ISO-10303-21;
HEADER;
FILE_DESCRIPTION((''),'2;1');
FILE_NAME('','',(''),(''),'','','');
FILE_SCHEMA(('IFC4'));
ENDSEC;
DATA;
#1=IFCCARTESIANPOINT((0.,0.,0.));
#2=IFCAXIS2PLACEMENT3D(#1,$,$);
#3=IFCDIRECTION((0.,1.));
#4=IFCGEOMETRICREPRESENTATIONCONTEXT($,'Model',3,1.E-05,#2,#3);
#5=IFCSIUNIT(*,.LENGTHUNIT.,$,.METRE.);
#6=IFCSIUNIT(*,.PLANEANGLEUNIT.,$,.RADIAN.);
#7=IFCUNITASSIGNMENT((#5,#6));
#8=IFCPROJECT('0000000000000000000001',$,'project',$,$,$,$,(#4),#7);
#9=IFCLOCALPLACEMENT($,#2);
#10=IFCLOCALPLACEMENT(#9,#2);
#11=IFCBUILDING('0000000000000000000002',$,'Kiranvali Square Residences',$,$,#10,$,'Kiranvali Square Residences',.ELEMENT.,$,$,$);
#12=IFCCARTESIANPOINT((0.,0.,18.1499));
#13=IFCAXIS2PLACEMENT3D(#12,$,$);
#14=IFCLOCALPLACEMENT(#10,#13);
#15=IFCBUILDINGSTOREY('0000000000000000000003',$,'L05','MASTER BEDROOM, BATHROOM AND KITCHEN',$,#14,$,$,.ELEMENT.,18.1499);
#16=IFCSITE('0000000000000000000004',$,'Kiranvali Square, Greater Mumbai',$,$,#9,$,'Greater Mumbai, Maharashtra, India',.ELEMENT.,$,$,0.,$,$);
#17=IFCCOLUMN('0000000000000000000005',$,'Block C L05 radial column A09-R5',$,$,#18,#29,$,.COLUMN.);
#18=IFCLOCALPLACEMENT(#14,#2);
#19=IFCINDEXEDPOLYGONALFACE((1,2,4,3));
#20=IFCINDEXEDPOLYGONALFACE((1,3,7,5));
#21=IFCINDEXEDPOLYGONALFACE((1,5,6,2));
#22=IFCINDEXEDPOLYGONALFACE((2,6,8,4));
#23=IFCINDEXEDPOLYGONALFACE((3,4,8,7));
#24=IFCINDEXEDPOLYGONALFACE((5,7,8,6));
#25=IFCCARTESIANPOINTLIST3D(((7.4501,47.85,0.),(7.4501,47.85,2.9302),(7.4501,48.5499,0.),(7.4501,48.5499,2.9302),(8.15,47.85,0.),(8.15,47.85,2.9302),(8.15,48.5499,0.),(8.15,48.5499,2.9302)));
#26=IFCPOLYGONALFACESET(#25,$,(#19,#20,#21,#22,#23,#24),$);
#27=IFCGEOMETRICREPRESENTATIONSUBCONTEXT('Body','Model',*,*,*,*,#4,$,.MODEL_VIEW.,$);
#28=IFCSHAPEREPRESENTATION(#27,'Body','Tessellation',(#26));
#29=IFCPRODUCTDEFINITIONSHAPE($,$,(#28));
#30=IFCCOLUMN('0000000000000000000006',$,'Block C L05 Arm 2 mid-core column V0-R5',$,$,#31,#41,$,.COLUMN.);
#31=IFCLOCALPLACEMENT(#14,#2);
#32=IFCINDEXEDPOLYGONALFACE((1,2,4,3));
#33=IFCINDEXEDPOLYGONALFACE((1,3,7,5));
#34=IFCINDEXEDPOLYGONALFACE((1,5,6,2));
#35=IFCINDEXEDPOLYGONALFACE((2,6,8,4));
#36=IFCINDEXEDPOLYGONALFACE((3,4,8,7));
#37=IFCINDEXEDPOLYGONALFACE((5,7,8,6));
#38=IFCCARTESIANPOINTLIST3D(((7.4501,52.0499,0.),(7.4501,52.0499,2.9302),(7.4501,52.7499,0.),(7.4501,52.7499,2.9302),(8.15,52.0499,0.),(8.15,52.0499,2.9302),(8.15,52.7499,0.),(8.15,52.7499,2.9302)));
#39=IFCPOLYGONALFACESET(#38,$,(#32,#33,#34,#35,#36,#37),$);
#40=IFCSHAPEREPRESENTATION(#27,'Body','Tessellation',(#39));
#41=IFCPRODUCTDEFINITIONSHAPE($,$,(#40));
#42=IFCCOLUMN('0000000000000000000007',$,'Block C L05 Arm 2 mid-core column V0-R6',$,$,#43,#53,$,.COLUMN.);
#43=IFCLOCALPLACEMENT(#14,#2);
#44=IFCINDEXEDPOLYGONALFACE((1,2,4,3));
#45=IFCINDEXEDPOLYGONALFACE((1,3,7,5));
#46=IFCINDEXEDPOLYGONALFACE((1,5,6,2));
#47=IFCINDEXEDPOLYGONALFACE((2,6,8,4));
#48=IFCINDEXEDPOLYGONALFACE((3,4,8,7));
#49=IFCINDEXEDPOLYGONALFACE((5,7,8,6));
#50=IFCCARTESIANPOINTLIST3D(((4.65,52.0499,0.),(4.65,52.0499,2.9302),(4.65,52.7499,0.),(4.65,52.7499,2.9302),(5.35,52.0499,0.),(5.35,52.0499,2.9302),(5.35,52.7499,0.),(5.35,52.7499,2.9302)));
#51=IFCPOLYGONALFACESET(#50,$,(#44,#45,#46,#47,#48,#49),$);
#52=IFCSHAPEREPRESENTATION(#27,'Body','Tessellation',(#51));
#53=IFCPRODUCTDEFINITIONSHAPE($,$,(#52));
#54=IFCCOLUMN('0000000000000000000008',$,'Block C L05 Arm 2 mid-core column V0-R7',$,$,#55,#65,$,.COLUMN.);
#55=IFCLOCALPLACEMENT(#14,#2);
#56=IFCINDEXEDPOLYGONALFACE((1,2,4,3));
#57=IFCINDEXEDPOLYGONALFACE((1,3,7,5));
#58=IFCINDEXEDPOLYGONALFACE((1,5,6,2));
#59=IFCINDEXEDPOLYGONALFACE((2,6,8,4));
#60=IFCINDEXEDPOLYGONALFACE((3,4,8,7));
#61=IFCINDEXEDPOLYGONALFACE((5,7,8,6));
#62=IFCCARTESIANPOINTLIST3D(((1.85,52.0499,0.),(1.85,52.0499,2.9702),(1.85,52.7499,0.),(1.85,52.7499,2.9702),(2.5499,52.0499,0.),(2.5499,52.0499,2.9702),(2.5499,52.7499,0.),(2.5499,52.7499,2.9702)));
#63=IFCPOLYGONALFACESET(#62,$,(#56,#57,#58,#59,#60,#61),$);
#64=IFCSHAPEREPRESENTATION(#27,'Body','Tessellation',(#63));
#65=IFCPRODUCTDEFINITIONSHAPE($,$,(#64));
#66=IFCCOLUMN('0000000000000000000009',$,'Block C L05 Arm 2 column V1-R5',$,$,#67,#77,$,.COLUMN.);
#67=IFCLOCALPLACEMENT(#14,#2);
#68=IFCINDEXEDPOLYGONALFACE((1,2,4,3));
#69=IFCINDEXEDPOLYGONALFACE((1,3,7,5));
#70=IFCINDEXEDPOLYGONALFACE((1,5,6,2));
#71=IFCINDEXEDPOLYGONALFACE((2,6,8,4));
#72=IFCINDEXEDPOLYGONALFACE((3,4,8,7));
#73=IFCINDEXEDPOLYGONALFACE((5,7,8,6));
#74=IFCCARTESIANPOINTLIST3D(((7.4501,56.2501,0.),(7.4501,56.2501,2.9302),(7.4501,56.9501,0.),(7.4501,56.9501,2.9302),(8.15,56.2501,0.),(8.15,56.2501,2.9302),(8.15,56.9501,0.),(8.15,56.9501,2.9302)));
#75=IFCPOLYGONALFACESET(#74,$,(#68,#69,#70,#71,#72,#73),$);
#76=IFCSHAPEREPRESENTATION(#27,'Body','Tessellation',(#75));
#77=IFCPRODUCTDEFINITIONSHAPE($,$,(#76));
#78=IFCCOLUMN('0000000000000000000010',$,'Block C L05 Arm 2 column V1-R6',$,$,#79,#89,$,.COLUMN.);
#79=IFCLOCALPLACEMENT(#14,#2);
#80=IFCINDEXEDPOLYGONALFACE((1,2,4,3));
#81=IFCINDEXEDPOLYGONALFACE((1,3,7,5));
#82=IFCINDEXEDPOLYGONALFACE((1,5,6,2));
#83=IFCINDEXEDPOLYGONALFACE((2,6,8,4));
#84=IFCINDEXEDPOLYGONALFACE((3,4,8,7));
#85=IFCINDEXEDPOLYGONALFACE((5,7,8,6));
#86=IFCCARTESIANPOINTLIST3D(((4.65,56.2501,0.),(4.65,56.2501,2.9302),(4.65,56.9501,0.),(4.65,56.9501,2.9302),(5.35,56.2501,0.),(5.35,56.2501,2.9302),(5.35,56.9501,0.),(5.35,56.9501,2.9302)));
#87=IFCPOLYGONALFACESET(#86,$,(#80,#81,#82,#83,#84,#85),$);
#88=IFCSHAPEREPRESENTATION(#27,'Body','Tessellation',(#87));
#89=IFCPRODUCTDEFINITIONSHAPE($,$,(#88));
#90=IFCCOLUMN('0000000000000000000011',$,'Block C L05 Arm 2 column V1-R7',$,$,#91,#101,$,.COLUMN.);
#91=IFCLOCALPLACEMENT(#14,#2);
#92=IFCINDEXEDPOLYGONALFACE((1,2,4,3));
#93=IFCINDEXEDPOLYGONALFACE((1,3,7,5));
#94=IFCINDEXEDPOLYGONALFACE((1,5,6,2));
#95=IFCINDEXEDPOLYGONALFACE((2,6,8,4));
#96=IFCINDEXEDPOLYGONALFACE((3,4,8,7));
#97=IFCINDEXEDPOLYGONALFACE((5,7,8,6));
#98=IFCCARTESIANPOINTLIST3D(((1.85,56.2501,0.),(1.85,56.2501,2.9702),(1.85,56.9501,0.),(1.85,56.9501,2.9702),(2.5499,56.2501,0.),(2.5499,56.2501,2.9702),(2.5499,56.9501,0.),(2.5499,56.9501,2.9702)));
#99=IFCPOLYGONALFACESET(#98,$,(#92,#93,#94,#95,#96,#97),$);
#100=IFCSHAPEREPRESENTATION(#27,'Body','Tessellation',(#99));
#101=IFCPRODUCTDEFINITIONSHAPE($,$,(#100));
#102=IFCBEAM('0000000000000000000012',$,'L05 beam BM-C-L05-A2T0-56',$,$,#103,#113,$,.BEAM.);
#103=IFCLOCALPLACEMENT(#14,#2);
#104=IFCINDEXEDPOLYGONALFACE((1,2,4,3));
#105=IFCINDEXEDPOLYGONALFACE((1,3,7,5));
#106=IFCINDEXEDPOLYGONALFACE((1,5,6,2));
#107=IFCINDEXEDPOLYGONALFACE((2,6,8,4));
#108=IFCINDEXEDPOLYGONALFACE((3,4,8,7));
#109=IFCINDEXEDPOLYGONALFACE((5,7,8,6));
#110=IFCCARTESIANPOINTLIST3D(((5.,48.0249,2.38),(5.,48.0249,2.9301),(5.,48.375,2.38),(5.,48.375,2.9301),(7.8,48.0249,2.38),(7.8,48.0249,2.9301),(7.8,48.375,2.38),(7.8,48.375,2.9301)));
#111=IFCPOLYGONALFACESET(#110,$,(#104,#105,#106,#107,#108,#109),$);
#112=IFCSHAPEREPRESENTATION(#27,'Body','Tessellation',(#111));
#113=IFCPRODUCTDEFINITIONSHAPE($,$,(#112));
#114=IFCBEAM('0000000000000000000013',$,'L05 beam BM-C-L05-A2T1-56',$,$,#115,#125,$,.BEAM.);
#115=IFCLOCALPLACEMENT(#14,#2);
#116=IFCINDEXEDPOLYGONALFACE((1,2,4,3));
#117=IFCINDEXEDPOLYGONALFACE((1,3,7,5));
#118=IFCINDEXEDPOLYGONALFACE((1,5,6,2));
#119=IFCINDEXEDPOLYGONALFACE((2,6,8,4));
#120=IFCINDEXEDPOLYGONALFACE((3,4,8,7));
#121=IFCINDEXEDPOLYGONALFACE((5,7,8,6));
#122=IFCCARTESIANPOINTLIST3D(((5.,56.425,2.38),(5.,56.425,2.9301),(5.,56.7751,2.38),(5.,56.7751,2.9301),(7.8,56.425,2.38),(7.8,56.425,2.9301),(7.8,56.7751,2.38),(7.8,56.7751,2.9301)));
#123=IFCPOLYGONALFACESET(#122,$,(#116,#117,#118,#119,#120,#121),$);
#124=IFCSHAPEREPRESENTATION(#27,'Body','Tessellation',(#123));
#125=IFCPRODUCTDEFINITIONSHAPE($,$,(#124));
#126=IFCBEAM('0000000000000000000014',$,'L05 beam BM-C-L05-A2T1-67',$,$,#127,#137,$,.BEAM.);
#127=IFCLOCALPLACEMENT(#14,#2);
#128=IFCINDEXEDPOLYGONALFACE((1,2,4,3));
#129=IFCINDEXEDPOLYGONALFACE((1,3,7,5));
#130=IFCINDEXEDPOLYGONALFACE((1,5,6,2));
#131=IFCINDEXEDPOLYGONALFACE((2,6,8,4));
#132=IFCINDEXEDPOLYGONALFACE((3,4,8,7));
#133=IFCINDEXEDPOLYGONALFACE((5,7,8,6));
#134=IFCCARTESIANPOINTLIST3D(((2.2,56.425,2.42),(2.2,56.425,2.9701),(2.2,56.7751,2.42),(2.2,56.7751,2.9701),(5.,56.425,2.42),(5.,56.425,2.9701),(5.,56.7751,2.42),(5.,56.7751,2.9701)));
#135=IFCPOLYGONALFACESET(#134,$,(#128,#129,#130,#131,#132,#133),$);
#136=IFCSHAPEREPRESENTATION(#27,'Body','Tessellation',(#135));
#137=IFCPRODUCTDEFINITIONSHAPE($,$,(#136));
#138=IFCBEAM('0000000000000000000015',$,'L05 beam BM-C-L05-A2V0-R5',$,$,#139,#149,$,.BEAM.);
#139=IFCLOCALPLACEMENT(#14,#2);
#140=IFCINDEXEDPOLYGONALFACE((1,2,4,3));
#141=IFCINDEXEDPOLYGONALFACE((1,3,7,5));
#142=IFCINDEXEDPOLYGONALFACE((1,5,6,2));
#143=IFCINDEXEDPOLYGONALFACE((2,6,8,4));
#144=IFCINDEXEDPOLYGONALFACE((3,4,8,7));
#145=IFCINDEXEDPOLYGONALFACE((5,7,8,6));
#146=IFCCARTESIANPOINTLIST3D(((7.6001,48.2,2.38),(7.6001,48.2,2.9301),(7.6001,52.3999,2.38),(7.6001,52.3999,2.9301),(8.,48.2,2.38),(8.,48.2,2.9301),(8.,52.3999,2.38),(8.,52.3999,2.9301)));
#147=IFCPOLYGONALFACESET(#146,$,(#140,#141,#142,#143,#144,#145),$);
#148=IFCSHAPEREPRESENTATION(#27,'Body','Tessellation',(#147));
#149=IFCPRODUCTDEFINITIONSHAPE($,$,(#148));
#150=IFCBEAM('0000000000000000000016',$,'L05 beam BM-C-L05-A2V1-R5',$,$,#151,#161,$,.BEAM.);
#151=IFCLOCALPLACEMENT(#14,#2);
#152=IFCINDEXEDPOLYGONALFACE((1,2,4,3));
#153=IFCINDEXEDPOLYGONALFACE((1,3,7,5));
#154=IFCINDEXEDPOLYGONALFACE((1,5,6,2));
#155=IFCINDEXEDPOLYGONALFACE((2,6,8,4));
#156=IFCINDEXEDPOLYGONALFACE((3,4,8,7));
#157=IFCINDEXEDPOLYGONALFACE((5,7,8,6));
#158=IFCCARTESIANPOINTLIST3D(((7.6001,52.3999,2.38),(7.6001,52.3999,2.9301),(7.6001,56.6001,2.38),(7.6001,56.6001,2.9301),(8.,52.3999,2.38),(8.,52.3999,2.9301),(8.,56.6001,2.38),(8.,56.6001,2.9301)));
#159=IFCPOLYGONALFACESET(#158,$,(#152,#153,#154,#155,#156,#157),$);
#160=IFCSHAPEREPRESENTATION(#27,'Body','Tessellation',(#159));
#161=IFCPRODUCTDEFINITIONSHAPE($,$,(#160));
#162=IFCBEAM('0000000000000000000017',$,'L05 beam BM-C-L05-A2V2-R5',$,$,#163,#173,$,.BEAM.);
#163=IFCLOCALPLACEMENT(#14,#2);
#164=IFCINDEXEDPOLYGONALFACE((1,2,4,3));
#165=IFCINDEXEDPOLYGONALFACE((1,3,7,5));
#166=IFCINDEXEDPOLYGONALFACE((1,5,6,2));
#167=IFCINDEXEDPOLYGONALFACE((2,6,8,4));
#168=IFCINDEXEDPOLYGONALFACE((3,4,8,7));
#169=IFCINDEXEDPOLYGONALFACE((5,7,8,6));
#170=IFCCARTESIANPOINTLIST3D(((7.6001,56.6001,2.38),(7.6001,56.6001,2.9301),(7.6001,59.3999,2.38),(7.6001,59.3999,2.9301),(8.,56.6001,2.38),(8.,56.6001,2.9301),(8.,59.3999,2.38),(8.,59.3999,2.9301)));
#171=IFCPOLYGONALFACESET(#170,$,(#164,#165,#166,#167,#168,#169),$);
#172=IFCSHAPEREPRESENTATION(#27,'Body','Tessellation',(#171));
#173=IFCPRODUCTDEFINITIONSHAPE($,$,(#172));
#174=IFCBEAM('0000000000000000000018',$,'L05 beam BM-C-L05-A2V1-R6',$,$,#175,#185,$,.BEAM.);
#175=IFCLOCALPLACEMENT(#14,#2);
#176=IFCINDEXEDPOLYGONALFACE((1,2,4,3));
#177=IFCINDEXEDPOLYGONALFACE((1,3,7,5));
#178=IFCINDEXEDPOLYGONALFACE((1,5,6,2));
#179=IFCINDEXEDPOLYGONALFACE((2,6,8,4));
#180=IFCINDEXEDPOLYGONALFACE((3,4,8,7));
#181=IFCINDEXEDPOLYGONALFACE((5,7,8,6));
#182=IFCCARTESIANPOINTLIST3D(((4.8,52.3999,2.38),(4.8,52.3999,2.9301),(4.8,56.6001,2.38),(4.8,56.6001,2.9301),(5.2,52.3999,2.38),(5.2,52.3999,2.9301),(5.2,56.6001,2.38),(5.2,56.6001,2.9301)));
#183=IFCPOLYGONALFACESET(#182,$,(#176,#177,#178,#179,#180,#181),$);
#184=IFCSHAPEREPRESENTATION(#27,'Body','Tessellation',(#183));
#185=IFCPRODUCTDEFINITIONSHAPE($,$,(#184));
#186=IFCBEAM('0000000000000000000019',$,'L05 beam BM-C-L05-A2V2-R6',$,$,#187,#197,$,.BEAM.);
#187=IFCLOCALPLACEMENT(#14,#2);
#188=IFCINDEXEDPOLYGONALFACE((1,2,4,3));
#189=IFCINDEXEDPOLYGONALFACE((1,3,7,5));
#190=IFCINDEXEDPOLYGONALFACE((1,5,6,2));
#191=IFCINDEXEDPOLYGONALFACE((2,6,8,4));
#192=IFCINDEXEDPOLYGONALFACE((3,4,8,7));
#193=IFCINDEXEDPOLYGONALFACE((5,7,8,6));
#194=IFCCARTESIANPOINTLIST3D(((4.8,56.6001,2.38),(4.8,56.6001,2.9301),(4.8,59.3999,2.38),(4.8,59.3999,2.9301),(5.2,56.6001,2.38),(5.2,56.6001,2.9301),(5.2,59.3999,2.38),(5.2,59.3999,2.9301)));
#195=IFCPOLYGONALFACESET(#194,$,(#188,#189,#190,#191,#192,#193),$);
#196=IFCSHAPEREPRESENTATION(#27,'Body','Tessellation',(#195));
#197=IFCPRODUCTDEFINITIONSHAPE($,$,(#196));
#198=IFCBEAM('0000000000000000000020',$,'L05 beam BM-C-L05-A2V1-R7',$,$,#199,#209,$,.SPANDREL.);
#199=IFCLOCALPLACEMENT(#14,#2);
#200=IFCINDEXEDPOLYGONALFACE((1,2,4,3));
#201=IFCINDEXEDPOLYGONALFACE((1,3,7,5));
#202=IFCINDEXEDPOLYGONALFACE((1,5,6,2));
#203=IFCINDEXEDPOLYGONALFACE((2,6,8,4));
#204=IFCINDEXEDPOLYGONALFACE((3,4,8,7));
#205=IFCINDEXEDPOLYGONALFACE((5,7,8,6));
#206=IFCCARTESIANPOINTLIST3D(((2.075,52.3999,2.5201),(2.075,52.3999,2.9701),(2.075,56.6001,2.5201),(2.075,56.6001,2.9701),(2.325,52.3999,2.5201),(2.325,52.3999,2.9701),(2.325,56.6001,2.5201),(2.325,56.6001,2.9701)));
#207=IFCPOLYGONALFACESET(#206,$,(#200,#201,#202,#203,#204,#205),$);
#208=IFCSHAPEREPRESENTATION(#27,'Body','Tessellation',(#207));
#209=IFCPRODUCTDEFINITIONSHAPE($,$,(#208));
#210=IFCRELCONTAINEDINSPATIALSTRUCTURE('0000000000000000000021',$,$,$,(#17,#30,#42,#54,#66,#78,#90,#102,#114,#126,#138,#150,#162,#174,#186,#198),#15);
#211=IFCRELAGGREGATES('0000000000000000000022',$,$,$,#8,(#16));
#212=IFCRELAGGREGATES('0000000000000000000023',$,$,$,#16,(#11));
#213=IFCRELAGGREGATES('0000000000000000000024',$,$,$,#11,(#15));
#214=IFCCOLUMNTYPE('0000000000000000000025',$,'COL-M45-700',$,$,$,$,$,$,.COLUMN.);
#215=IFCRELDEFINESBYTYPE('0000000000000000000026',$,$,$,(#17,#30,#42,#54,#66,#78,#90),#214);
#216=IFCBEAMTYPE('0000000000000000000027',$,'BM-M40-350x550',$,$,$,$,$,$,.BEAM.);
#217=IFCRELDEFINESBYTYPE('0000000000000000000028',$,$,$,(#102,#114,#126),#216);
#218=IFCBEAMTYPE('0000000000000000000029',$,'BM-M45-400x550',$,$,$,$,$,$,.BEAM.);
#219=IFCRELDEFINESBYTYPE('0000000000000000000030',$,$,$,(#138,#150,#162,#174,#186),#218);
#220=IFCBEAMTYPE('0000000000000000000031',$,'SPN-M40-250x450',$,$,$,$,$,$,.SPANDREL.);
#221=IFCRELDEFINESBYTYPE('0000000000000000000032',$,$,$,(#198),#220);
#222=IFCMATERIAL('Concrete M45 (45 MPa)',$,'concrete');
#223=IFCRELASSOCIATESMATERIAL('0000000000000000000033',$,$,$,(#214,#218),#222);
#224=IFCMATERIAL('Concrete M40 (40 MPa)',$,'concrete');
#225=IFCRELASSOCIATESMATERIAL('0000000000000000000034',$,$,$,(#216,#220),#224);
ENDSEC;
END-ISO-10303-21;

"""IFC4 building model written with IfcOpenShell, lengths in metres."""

from ifc_helpers import new_model, si_unit, direction, frame, origin, origin_2d, place, context, subcontext, project, spatial, rectangle, extrude, material, material_profile, profile_set, type_object, element, save


model = new_model("IFC4")

# Units and contexts
model_context = context("Model", 3, precision=1e-05, world=origin(), true_north=direction((0.0, 1.0)))
body_context = subcontext(model_context, "Body", "Model", "MODEL_VIEW")
ifc_project = project(units=[si_unit("LENGTHUNIT", "METRE"), si_unit("PLANEANGLEUNIT", "RADIAN")], contexts=[model_context])

# Site, building, storey
site_placement = place(None, origin())
site = spatial("IfcSite", under=ifc_project, at=site_placement, Name="Kiranvali Square, Greater Mumbai", LongName="Greater Mumbai, Maharashtra, India", CompositionType="ELEMENT", RefElevation=0.0)
building_placement = place(site_placement, origin())
building = spatial("IfcBuilding", under=site, at=building_placement, Name="Kiranvali Square Residences", LongName="Kiranvali Square Residences", CompositionType="ELEMENT")
storey_placement = place(building_placement, frame((0.0, 0.0, 18.1499)))
storey = spatial("IfcBuildingStorey", under=building, at=storey_placement, Name="L05", Description="MASTER BEDROOM, BATHROOM AND KITCHEN", CompositionType="ELEMENT", Elevation=18.1499)

# Columns
ifc_material_1 = material(Name="Concrete M45 (45 MPa)", Category="concrete")
ifc_material_profile_1 = material_profile(ifc_material_1, rectangle(XDim=0.7, YDim=0.7, at=origin_2d()), Name="RC 700x700")
ifc_profile_set_1 = profile_set([ifc_material_profile_1], Name="Concrete M45 (45 MPa)")
column_type = type_object("IfcColumnType", Name="COL-M45-700", PredefinedType="COLUMN", material=ifc_profile_set_1)
for number, where, z_axis, x_axis, name in (
    (1, (7.8, 48.2, 0.0), (0.0, 0.0, 1.0), (0.0, 1.0, 0.0), "Block C L05 radial column A09-R5"),
    (2, (7.8, 52.3999, 0.0), (0.0, 0.0, 1.0), (1.0, 0.0, 0.0), "Block C L05 Arm 2 mid-core column V0-R5"),
    (3, (5.0, 52.3999, 0.0), (0.0, 0.0, 1.0), (1.0, 0.0, 0.0), "Block C L05 Arm 2 mid-core column V0-R6"),
):
    element("IfcColumn", number, at=place(storey_placement, frame(where, z_axis=z_axis, x_axis=x_axis)), inside=storey, type_object=column_type, Name=name, PredefinedType="COLUMN", context=body_context, shape_type="SweptSolid", body=[
        extrude(rectangle(XDim=0.7, YDim=0.7, at=origin_2d()), origin(), (0.0, 0.0, 1.0), 2.9302),
    ])
column_1_placement = place(storey_placement, frame((2.2, 52.3999, 0.0), z_axis=(0.0, 0.0, 1.0), x_axis=(1.0, 0.0, 0.0)))
element("IfcColumn", 4, at=column_1_placement, inside=storey, type_object=column_type, Name="Block C L05 Arm 2 mid-core column V0-R7", PredefinedType="COLUMN", context=body_context, shape_type="SweptSolid", body=[
    extrude(rectangle(XDim=0.7, YDim=0.7, at=origin_2d()), origin(), (0.0, 0.0, 1.0), 2.9702),
])
for number, where, z_axis, x_axis, name in (
    (5, (7.8, 56.6001, 0.0), (0.0, 0.0, 1.0), (1.0, 0.0, 0.0), "Block C L05 Arm 2 column V1-R5"),
    (6, (5.0, 56.6001, 0.0), (0.0, 0.0, 1.0), (1.0, 0.0, 0.0), "Block C L05 Arm 2 column V1-R6"),
):
    element("IfcColumn", number, at=place(storey_placement, frame(where, z_axis=z_axis, x_axis=x_axis)), inside=storey, type_object=column_type, Name=name, PredefinedType="COLUMN", context=body_context, shape_type="SweptSolid", body=[
        extrude(rectangle(XDim=0.7, YDim=0.7, at=origin_2d()), origin(), (0.0, 0.0, 1.0), 2.9302),
    ])
column_2_placement = place(storey_placement, frame((2.2, 56.6001, 0.0), z_axis=(0.0, 0.0, 1.0), x_axis=(1.0, 0.0, 0.0)))
element("IfcColumn", 7, at=column_2_placement, inside=storey, type_object=column_type, Name="Block C L05 Arm 2 column V1-R7", PredefinedType="COLUMN", context=body_context, shape_type="SweptSolid", body=[
    extrude(rectangle(XDim=0.7, YDim=0.7, at=origin_2d()), origin(), (0.0, 0.0, 1.0), 2.9702),
])

# Beams
ifc_material_2 = material(Name="Concrete M40 (40 MPa)", Category="concrete")
ifc_material_profile_2 = material_profile(ifc_material_2, rectangle(XDim=0.3501, YDim=0.55, at=origin_2d()), Name="RC 350x550")
ifc_profile_set_2 = profile_set([ifc_material_profile_2], Name="Concrete M40 (40 MPa)")
beam_type_1 = type_object("IfcBeamType", Name="BM-M40-350x550", PredefinedType="BEAM", material=ifc_profile_set_2)
for number, where, z_axis, x_axis, name in (
    (8, (7.8, 48.2, 2.655), (-1.0, 0.0, 0.0), (0.0, -1.0, 0.0), "L05 beam BM-C-L05-A2T0-56"),
    (9, (7.8, 56.6001, 2.655), (-1.0, 0.0, 0.0), (0.0, -1.0, 0.0), "L05 beam BM-C-L05-A2T1-56"),
    (10, (5.0, 56.6001, 2.6951), (-1.0, 0.0, 0.0), (0.0, -1.0, 0.0), "L05 beam BM-C-L05-A2T1-67"),
):
    element("IfcBeam", number, at=place(storey_placement, frame(where, z_axis=z_axis, x_axis=x_axis)), inside=storey, type_object=beam_type_1, Name=name, PredefinedType="BEAM", context=body_context, shape_type="SweptSolid", body=[
        extrude(rectangle(XDim=0.3501, YDim=0.55, at=origin_2d()), origin(), (0.0, 0.0, 1.0), 2.8),
    ])
ifc_material_profile_3 = material_profile(ifc_material_1, rectangle(XDim=0.3999, YDim=0.55, at=origin_2d()), Name="RC 400x550")
ifc_profile_set_3 = profile_set([ifc_material_profile_3], Name="Concrete M45 (45 MPa)")
beam_type_2 = type_object("IfcBeamType", Name="BM-M45-400x550", PredefinedType="BEAM", material=ifc_profile_set_3)
beam_1_placement = place(storey_placement, frame((7.8, 48.2, 2.655), z_axis=(0.0, 1.0, 0.0), x_axis=(-1.0, 0.0, 0.0)))
element("IfcBeam", 11, at=beam_1_placement, inside=storey, type_object=beam_type_2, Name="L05 beam BM-C-L05-A2V0-R5", PredefinedType="BEAM", context=body_context, shape_type="SweptSolid", body=[
    extrude(rectangle(XDim=0.3999, YDim=0.55, at=origin_2d()), origin(), (0.0, 0.0, 1.0), 4.2),
])
beam_2_placement = place(storey_placement, frame((7.8, 52.3999, 2.655), z_axis=(0.0, 1.0, 0.0), x_axis=(-1.0, 0.0, 0.0)))
element("IfcBeam", 12, at=beam_2_placement, inside=storey, type_object=beam_type_2, Name="L05 beam BM-C-L05-A2V1-R5", PredefinedType="BEAM", context=body_context, shape_type="SweptSolid", body=[
    extrude(rectangle(XDim=0.3999, YDim=0.55, at=origin_2d()), origin(), (0.0, 0.0, 1.0), 4.2002),
])
beam_3_placement = place(storey_placement, frame((7.8, 56.6001, 2.655), z_axis=(0.0, 1.0, 0.0), x_axis=(-1.0, 0.0, 0.0)))
element("IfcBeam", 13, at=beam_3_placement, inside=storey, type_object=beam_type_2, Name="L05 beam BM-C-L05-A2V2-R5", PredefinedType="BEAM", context=body_context, shape_type="SweptSolid", body=[
    extrude(rectangle(XDim=0.3999, YDim=0.55, at=origin_2d()), origin(), (0.0, 0.0, 1.0), 2.7998),
])
beam_4_placement = place(storey_placement, frame((5.0, 52.3999, 2.655), z_axis=(0.0, 1.0, 0.0), x_axis=(-1.0, 0.0, 0.0)))
element("IfcBeam", 14, at=beam_4_placement, inside=storey, type_object=beam_type_2, Name="L05 beam BM-C-L05-A2V1-R6", PredefinedType="BEAM", context=body_context, shape_type="SweptSolid", body=[
    extrude(rectangle(XDim=0.3999, YDim=0.55, at=origin_2d()), origin(), (0.0, 0.0, 1.0), 4.2002),
])
beam_5_placement = place(storey_placement, frame((5.0, 56.6001, 2.655), z_axis=(0.0, 1.0, 0.0), x_axis=(-1.0, 0.0, 0.0)))
element("IfcBeam", 15, at=beam_5_placement, inside=storey, type_object=beam_type_2, Name="L05 beam BM-C-L05-A2V2-R6", PredefinedType="BEAM", context=body_context, shape_type="SweptSolid", body=[
    extrude(rectangle(XDim=0.3999, YDim=0.55, at=origin_2d()), origin(), (0.0, 0.0, 1.0), 2.7998),
])
ifc_material_profile_4 = material_profile(ifc_material_2, rectangle(XDim=0.25, YDim=0.45, at=origin_2d()), Name="RC 250x450")
ifc_profile_set_4 = profile_set([ifc_material_profile_4], Name="Concrete M40 (40 MPa)")
beam_type_3 = type_object("IfcBeamType", Name="SPN-M40-250x450", PredefinedType="SPANDREL", material=ifc_profile_set_4)
beam_6_placement = place(storey_placement, frame((2.2, 52.3999, 2.7451), z_axis=(0.0, 1.0, 0.0), x_axis=(-1.0, 0.0, 0.0)))
element("IfcBeam", 16, at=beam_6_placement, inside=storey, type_object=beam_type_3, Name="L05 beam BM-C-L05-A2V1-R7", PredefinedType="SPANDREL", context=body_context, shape_type="SweptSolid", body=[
    extrude(rectangle(XDim=0.25, YDim=0.45, at=origin_2d()), origin(), (0.0, 0.0, 1.0), 4.2002),
])

save(model, "model.ifc")
